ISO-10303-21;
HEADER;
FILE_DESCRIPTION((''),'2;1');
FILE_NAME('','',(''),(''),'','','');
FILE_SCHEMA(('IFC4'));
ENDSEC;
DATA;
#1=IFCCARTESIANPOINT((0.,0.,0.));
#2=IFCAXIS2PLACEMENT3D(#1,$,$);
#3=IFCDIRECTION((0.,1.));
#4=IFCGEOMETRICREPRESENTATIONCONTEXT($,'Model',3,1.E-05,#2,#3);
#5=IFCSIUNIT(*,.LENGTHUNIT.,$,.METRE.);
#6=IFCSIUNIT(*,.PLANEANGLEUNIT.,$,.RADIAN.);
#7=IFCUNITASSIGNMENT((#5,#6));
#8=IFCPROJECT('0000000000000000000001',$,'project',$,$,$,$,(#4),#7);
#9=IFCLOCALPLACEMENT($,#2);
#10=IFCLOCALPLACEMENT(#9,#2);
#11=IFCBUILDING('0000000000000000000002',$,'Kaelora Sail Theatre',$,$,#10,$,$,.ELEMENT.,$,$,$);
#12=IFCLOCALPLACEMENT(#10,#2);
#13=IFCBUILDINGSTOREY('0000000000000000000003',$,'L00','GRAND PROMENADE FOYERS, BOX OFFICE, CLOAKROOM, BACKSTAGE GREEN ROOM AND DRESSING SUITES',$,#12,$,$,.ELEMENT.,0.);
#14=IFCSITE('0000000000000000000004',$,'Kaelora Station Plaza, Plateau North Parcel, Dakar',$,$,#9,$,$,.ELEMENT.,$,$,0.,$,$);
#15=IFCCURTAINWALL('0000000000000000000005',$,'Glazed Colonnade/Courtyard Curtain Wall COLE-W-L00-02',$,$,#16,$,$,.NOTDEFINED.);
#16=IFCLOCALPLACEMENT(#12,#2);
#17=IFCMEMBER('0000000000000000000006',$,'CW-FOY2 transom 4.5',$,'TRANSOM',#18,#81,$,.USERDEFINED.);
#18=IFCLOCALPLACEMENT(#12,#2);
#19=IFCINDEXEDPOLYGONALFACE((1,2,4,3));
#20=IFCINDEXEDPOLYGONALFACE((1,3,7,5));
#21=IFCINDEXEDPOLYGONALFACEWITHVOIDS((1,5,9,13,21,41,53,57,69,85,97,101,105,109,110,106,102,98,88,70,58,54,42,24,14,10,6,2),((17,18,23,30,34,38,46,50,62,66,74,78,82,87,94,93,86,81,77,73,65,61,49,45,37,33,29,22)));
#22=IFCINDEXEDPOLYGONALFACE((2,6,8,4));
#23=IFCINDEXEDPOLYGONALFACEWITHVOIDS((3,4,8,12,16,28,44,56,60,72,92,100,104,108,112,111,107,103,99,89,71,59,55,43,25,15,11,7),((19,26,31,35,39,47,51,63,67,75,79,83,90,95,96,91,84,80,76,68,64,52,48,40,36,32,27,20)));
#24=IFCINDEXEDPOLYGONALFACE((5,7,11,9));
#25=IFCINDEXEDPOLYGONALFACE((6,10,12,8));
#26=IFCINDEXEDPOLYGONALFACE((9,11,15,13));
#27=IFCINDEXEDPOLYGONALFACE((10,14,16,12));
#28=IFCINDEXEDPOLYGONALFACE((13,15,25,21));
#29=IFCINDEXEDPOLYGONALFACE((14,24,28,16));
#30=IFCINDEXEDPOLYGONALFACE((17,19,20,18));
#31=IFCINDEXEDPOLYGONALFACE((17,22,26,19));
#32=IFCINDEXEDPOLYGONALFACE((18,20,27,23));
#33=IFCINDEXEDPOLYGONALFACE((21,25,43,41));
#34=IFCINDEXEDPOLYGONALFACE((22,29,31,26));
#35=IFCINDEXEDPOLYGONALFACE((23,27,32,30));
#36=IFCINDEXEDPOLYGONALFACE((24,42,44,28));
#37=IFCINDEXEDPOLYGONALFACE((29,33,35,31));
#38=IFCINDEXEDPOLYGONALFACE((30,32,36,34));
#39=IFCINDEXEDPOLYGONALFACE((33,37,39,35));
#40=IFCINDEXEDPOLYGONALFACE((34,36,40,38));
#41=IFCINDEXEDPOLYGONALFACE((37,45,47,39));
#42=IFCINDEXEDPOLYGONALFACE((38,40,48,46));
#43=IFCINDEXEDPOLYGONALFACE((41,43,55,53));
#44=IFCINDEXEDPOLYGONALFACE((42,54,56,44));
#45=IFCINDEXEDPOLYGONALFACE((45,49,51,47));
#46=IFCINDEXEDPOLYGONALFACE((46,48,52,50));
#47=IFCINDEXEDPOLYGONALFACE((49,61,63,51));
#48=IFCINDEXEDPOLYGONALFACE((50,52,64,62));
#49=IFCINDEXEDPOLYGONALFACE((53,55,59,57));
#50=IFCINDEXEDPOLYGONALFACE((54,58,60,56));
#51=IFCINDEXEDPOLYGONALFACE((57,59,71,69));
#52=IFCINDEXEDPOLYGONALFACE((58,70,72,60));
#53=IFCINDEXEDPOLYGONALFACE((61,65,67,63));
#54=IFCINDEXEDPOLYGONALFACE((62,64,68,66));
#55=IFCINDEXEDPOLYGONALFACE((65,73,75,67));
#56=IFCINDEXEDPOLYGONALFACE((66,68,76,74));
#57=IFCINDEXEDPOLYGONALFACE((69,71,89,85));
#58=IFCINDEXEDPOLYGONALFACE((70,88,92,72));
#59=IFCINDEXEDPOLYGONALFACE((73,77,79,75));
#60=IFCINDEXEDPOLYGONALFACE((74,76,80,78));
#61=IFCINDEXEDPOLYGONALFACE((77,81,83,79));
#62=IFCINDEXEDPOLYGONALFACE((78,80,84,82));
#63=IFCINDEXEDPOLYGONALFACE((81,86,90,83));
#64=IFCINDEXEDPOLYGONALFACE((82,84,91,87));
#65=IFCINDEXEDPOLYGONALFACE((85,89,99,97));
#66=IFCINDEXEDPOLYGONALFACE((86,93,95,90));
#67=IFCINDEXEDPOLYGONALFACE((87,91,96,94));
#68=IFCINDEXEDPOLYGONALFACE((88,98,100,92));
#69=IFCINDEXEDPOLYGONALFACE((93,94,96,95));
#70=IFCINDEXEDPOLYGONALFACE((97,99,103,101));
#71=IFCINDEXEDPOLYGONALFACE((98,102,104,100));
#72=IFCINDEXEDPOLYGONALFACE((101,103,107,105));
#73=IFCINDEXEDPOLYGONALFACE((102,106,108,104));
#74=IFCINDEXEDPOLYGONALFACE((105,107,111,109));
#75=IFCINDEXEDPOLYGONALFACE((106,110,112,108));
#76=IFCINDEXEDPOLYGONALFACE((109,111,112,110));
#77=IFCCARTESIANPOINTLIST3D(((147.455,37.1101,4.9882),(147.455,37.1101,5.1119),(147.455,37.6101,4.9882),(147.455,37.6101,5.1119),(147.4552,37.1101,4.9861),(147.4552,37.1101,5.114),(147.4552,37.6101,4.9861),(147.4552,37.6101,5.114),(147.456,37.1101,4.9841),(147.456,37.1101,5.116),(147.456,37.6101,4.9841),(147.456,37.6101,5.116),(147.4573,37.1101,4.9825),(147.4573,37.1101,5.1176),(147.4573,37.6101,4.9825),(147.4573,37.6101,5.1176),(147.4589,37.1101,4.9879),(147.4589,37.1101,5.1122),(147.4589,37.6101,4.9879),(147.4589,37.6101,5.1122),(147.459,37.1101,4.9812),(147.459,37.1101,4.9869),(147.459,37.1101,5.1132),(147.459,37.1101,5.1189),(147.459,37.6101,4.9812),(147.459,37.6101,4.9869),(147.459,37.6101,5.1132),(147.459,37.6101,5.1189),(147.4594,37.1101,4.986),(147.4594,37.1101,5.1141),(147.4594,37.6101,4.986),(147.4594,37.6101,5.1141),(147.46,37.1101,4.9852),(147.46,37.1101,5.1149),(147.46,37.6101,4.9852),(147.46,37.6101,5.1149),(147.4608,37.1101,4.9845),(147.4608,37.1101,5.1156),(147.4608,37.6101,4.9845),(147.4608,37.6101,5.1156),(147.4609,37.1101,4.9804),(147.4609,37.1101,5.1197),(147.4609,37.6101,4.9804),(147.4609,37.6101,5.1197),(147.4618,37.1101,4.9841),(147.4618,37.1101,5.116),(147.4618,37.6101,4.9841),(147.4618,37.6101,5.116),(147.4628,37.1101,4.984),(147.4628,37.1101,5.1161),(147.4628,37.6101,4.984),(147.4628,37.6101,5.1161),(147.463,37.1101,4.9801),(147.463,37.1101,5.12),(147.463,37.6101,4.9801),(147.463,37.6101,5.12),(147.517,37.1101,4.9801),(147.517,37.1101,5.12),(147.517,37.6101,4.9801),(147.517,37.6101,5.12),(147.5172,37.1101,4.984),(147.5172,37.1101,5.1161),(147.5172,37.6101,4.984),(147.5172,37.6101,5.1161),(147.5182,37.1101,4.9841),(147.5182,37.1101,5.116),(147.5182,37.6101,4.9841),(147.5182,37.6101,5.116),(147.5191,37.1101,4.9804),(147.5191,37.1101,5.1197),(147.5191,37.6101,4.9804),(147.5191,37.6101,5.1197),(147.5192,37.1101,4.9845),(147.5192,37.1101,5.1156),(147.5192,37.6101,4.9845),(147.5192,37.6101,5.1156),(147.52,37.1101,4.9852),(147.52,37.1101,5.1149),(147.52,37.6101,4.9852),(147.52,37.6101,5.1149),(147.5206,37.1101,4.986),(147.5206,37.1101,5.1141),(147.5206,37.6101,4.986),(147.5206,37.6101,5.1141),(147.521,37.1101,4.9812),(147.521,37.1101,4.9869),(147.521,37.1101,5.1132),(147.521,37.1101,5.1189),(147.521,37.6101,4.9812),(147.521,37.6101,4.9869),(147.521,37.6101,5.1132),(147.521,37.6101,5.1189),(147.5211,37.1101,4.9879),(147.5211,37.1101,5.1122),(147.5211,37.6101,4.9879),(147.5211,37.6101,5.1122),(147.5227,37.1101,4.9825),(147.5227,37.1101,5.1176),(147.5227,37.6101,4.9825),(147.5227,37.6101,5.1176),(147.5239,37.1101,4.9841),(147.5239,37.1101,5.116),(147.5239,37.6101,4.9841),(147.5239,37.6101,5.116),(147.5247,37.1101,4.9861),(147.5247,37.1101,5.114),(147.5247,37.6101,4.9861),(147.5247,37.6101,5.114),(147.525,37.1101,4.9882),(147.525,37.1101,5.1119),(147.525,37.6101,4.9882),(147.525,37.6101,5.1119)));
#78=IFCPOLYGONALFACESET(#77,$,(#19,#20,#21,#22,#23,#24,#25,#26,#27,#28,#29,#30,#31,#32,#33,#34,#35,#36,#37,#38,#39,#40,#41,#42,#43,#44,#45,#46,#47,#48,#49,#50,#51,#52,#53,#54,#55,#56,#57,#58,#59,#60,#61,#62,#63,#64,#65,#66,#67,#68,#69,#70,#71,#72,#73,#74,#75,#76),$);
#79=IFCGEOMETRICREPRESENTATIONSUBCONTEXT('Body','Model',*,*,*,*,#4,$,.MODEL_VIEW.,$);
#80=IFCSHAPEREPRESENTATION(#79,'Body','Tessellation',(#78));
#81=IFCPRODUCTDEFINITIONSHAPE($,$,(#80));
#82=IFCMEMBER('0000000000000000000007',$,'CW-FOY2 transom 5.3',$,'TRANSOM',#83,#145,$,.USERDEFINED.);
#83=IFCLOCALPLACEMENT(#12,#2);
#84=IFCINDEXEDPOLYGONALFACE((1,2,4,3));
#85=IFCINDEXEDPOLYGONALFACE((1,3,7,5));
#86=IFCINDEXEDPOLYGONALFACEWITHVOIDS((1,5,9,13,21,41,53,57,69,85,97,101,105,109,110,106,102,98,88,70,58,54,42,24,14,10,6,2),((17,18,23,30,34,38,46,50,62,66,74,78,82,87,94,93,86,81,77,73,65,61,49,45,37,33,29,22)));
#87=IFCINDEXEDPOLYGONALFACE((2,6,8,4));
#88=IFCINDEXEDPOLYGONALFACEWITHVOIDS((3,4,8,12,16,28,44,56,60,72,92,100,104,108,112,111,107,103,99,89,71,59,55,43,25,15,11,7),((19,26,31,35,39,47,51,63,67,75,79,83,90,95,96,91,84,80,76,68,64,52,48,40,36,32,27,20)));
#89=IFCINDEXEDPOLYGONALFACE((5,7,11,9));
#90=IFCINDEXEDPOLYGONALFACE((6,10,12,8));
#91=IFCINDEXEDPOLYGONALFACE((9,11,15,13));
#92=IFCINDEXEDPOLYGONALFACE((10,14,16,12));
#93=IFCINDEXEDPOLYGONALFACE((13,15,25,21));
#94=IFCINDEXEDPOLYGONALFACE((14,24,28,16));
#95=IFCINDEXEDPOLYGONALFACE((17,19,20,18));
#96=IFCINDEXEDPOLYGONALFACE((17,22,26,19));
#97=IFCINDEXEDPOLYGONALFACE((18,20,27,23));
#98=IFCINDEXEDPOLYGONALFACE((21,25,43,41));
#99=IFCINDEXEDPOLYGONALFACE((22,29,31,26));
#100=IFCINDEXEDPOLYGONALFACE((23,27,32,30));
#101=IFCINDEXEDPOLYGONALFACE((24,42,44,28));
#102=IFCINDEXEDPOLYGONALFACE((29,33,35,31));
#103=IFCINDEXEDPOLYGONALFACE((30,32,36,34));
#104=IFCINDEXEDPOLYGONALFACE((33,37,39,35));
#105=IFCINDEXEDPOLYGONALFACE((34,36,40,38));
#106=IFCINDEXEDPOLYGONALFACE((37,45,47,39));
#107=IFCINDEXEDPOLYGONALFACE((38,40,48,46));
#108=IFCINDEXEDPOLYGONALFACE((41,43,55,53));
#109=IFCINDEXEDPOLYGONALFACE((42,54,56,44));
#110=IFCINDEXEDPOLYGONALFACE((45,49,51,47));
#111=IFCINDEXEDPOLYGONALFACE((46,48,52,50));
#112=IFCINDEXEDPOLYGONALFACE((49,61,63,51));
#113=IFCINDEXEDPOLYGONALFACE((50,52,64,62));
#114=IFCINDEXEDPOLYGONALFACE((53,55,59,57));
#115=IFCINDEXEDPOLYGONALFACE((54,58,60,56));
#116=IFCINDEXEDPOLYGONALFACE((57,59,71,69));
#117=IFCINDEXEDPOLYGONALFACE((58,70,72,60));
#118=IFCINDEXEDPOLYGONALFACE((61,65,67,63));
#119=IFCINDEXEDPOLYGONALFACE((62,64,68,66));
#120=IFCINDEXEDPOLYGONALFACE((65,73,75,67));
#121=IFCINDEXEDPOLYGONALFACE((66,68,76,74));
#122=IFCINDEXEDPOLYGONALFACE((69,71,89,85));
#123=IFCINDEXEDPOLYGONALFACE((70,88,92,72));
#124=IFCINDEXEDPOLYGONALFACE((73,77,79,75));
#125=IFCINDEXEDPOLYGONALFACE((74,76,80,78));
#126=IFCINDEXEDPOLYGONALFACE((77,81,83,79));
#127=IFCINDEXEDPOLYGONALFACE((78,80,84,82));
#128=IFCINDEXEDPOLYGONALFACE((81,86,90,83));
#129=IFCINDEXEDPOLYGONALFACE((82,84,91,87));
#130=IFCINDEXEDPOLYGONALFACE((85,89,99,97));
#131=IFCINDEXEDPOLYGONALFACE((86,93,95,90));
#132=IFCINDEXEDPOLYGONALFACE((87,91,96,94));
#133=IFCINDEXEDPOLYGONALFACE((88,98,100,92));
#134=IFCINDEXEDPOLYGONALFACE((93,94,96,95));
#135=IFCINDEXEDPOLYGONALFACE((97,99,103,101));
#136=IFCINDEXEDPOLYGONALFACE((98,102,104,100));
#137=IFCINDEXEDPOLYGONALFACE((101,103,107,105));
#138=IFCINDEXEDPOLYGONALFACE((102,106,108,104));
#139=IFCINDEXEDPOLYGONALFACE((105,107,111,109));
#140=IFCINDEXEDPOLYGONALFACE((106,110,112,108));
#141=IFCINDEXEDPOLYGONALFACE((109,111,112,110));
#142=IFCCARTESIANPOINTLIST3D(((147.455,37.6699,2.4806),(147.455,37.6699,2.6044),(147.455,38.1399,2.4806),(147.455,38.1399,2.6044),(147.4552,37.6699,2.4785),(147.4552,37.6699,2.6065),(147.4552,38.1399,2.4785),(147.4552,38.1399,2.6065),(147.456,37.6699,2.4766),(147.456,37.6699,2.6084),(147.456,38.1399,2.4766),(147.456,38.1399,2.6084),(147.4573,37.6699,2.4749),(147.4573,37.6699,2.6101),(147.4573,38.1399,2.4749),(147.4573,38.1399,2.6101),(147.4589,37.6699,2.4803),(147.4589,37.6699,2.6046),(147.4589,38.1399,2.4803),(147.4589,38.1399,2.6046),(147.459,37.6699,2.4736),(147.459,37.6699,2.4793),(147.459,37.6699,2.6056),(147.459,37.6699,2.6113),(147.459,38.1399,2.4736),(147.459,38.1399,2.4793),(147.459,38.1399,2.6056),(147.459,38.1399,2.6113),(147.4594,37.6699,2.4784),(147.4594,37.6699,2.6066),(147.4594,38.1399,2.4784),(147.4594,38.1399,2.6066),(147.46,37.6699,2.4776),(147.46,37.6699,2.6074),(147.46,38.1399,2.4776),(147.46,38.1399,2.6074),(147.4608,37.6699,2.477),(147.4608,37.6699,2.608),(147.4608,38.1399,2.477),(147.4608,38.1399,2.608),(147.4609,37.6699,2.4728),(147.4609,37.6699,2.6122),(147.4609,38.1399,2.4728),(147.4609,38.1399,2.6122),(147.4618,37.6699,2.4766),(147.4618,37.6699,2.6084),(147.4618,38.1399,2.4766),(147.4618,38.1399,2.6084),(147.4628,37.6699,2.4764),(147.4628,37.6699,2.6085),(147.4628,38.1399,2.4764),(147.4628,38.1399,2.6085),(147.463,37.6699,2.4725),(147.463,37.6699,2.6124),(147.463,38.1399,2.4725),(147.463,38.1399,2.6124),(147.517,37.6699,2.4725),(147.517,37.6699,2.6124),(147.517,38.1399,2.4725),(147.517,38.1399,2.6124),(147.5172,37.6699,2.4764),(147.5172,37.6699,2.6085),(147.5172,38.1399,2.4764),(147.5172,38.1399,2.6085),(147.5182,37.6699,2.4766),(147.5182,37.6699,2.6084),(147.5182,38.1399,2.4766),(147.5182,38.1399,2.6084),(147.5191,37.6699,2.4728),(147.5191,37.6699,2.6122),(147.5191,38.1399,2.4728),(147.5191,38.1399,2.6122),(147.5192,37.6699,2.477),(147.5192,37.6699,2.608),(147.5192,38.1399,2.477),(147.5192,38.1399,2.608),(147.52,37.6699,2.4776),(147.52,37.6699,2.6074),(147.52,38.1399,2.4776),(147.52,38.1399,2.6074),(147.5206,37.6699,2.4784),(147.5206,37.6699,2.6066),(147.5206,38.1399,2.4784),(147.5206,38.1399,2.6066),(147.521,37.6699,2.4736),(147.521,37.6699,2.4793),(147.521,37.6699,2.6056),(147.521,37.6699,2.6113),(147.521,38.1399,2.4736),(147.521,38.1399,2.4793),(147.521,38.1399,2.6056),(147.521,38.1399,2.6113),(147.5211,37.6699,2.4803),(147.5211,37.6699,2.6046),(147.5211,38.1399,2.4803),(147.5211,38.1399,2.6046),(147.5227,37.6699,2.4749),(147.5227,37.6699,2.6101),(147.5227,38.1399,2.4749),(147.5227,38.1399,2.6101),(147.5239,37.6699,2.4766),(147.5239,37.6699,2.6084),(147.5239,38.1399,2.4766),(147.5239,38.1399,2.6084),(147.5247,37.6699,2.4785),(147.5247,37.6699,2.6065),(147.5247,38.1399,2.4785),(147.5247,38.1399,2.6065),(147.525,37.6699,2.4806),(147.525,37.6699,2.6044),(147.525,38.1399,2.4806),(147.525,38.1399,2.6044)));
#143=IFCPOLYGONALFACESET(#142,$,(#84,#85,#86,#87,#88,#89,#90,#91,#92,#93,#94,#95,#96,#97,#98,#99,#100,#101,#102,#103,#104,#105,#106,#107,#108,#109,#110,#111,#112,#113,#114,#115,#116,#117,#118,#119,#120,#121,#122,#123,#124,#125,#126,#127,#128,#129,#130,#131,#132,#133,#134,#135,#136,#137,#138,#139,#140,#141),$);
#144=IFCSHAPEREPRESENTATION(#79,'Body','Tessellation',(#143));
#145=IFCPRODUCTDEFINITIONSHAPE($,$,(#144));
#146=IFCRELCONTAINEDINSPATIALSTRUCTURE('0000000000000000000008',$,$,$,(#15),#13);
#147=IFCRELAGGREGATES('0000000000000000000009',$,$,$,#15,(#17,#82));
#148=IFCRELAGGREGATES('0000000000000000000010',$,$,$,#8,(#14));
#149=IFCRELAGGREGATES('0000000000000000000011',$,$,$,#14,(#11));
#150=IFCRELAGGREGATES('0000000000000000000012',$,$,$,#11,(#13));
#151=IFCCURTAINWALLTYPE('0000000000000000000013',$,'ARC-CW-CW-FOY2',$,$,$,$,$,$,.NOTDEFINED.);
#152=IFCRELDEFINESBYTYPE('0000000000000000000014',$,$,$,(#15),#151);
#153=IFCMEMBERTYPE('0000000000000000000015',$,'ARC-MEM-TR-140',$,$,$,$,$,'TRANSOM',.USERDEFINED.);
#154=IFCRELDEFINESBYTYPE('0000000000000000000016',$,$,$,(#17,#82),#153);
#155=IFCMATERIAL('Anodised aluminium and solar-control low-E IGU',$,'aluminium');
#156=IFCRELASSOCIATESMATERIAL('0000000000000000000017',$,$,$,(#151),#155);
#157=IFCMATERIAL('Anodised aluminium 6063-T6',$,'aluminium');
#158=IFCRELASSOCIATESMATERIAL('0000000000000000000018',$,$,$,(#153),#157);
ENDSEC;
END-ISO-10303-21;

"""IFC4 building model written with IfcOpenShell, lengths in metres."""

from ifc_helpers import new_model, si_unit, direction, frame, origin, origin_2d, place, context, subcontext, project, spatial, hollow_rectangle, extrude, material, material_profile, profile_set, type_object, element, aggregate, save


model = new_model("IFC4")

# Units and contexts
model_context = context("Model", 3, precision=1e-05, world=origin(), true_north=direction((0.0, 1.0)))
body_context = subcontext(model_context, "Body", "Model", "MODEL_VIEW")
ifc_project = project(units=[si_unit("LENGTHUNIT", "METRE"), si_unit("PLANEANGLEUNIT", "RADIAN")], contexts=[model_context])

# Site, building, storey
site_placement = place(None, origin())
site = spatial("IfcSite", under=ifc_project, at=site_placement, Name="Kaelora Station Plaza, Plateau North Parcel, Dakar", CompositionType="ELEMENT", RefElevation=0.0)
building_placement = place(site_placement, origin())
building = spatial("IfcBuilding", under=site, at=building_placement, Name="Kaelora Sail Theatre", CompositionType="ELEMENT")
storey_placement = place(building_placement, origin())
storey = spatial("IfcBuildingStorey", under=building, at=storey_placement, Name="L00", Description="GRAND PROMENADE FOYERS, BOX OFFICE, CLOAKROOM, BACKSTAGE GREEN ROOM AND DRESSING SUITES", CompositionType="ELEMENT", Elevation=0.0)

# Curtain wall, members
ifc_material_1 = material(Name="Anodised aluminium and solar-control low-E IGU", Category="aluminium")
curtain_wall_type = type_object("IfcCurtainWallType", Name="ARC-CW-CW-FOY2", PredefinedType="NOTDEFINED", material=ifc_material_1)
curtain_wall_1_placement = place(storey_placement, origin())
curtain_wall_1 = element("IfcCurtainWall", 1, at=curtain_wall_1_placement, inside=storey, type_object=curtain_wall_type, Name="Glazed Colonnade/Courtyard Curtain Wall COLE-W-L00-02", PredefinedType="NOTDEFINED")
ifc_material_2 = material(Name="Anodised aluminium 6063-T6", Category="aluminium")
ifc_material_profile_1 = material_profile(ifc_material_2, hollow_rectangle(XDim=0.0701, YDim=0.1399, WallThickness=0.0039, InnerFilletRadius=0.0039, OuterFilletRadius=0.0081, at=origin_2d()), Name="ALU-TRAN 70x140x4")
ifc_profile_set_1 = profile_set([ifc_material_profile_1], Name="Anodised aluminium 6063-T6")
member_type_1 = type_object("IfcMemberType", Name="ARC-MEM-TR-140", ElementType="TRANSOM", PredefinedType="USERDEFINED", material=ifc_profile_set_1)
member_1_placement = place(storey_placement, frame((147.49, 37.1101, 5.05), z_axis=(0.0, 1.0, 0.0), x_axis=(-1.0, 0.0, 0.0)))
member_1 = element("IfcMember", 2, at=member_1_placement, type_object=member_type_1, Name="CW-FOY2 transom 4.5", ObjectType="TRANSOM", PredefinedType="USERDEFINED", context=body_context, shape_type="SweptSolid", body=[
    extrude(hollow_rectangle(XDim=0.0701, YDim=0.1399, WallThickness=0.0039, InnerFilletRadius=0.0039, OuterFilletRadius=0.0081, at=origin_2d()), origin(), (0.0, 0.0, 1.0), 0.5),
])
member_2_placement = place(storey_placement, frame((147.49, 37.6699, 2.5425), z_axis=(0.0, 1.0, 0.0), x_axis=(-1.0, 0.0, 0.0)))
member_2 = element("IfcMember", 3, at=member_2_placement, type_object=member_type_1, Name="CW-FOY2 transom 5.3", ObjectType="TRANSOM", PredefinedType="USERDEFINED", context=body_context, shape_type="SweptSolid", body=[
    extrude(hollow_rectangle(XDim=0.0701, YDim=0.1399, WallThickness=0.0039, InnerFilletRadius=0.0039, OuterFilletRadius=0.0081, at=origin_2d()), origin(), (0.0, 0.0, 1.0), 0.47),
])

aggregate(curtain_wall_1, [member_1, member_2])

save(model, "model.ifc")
